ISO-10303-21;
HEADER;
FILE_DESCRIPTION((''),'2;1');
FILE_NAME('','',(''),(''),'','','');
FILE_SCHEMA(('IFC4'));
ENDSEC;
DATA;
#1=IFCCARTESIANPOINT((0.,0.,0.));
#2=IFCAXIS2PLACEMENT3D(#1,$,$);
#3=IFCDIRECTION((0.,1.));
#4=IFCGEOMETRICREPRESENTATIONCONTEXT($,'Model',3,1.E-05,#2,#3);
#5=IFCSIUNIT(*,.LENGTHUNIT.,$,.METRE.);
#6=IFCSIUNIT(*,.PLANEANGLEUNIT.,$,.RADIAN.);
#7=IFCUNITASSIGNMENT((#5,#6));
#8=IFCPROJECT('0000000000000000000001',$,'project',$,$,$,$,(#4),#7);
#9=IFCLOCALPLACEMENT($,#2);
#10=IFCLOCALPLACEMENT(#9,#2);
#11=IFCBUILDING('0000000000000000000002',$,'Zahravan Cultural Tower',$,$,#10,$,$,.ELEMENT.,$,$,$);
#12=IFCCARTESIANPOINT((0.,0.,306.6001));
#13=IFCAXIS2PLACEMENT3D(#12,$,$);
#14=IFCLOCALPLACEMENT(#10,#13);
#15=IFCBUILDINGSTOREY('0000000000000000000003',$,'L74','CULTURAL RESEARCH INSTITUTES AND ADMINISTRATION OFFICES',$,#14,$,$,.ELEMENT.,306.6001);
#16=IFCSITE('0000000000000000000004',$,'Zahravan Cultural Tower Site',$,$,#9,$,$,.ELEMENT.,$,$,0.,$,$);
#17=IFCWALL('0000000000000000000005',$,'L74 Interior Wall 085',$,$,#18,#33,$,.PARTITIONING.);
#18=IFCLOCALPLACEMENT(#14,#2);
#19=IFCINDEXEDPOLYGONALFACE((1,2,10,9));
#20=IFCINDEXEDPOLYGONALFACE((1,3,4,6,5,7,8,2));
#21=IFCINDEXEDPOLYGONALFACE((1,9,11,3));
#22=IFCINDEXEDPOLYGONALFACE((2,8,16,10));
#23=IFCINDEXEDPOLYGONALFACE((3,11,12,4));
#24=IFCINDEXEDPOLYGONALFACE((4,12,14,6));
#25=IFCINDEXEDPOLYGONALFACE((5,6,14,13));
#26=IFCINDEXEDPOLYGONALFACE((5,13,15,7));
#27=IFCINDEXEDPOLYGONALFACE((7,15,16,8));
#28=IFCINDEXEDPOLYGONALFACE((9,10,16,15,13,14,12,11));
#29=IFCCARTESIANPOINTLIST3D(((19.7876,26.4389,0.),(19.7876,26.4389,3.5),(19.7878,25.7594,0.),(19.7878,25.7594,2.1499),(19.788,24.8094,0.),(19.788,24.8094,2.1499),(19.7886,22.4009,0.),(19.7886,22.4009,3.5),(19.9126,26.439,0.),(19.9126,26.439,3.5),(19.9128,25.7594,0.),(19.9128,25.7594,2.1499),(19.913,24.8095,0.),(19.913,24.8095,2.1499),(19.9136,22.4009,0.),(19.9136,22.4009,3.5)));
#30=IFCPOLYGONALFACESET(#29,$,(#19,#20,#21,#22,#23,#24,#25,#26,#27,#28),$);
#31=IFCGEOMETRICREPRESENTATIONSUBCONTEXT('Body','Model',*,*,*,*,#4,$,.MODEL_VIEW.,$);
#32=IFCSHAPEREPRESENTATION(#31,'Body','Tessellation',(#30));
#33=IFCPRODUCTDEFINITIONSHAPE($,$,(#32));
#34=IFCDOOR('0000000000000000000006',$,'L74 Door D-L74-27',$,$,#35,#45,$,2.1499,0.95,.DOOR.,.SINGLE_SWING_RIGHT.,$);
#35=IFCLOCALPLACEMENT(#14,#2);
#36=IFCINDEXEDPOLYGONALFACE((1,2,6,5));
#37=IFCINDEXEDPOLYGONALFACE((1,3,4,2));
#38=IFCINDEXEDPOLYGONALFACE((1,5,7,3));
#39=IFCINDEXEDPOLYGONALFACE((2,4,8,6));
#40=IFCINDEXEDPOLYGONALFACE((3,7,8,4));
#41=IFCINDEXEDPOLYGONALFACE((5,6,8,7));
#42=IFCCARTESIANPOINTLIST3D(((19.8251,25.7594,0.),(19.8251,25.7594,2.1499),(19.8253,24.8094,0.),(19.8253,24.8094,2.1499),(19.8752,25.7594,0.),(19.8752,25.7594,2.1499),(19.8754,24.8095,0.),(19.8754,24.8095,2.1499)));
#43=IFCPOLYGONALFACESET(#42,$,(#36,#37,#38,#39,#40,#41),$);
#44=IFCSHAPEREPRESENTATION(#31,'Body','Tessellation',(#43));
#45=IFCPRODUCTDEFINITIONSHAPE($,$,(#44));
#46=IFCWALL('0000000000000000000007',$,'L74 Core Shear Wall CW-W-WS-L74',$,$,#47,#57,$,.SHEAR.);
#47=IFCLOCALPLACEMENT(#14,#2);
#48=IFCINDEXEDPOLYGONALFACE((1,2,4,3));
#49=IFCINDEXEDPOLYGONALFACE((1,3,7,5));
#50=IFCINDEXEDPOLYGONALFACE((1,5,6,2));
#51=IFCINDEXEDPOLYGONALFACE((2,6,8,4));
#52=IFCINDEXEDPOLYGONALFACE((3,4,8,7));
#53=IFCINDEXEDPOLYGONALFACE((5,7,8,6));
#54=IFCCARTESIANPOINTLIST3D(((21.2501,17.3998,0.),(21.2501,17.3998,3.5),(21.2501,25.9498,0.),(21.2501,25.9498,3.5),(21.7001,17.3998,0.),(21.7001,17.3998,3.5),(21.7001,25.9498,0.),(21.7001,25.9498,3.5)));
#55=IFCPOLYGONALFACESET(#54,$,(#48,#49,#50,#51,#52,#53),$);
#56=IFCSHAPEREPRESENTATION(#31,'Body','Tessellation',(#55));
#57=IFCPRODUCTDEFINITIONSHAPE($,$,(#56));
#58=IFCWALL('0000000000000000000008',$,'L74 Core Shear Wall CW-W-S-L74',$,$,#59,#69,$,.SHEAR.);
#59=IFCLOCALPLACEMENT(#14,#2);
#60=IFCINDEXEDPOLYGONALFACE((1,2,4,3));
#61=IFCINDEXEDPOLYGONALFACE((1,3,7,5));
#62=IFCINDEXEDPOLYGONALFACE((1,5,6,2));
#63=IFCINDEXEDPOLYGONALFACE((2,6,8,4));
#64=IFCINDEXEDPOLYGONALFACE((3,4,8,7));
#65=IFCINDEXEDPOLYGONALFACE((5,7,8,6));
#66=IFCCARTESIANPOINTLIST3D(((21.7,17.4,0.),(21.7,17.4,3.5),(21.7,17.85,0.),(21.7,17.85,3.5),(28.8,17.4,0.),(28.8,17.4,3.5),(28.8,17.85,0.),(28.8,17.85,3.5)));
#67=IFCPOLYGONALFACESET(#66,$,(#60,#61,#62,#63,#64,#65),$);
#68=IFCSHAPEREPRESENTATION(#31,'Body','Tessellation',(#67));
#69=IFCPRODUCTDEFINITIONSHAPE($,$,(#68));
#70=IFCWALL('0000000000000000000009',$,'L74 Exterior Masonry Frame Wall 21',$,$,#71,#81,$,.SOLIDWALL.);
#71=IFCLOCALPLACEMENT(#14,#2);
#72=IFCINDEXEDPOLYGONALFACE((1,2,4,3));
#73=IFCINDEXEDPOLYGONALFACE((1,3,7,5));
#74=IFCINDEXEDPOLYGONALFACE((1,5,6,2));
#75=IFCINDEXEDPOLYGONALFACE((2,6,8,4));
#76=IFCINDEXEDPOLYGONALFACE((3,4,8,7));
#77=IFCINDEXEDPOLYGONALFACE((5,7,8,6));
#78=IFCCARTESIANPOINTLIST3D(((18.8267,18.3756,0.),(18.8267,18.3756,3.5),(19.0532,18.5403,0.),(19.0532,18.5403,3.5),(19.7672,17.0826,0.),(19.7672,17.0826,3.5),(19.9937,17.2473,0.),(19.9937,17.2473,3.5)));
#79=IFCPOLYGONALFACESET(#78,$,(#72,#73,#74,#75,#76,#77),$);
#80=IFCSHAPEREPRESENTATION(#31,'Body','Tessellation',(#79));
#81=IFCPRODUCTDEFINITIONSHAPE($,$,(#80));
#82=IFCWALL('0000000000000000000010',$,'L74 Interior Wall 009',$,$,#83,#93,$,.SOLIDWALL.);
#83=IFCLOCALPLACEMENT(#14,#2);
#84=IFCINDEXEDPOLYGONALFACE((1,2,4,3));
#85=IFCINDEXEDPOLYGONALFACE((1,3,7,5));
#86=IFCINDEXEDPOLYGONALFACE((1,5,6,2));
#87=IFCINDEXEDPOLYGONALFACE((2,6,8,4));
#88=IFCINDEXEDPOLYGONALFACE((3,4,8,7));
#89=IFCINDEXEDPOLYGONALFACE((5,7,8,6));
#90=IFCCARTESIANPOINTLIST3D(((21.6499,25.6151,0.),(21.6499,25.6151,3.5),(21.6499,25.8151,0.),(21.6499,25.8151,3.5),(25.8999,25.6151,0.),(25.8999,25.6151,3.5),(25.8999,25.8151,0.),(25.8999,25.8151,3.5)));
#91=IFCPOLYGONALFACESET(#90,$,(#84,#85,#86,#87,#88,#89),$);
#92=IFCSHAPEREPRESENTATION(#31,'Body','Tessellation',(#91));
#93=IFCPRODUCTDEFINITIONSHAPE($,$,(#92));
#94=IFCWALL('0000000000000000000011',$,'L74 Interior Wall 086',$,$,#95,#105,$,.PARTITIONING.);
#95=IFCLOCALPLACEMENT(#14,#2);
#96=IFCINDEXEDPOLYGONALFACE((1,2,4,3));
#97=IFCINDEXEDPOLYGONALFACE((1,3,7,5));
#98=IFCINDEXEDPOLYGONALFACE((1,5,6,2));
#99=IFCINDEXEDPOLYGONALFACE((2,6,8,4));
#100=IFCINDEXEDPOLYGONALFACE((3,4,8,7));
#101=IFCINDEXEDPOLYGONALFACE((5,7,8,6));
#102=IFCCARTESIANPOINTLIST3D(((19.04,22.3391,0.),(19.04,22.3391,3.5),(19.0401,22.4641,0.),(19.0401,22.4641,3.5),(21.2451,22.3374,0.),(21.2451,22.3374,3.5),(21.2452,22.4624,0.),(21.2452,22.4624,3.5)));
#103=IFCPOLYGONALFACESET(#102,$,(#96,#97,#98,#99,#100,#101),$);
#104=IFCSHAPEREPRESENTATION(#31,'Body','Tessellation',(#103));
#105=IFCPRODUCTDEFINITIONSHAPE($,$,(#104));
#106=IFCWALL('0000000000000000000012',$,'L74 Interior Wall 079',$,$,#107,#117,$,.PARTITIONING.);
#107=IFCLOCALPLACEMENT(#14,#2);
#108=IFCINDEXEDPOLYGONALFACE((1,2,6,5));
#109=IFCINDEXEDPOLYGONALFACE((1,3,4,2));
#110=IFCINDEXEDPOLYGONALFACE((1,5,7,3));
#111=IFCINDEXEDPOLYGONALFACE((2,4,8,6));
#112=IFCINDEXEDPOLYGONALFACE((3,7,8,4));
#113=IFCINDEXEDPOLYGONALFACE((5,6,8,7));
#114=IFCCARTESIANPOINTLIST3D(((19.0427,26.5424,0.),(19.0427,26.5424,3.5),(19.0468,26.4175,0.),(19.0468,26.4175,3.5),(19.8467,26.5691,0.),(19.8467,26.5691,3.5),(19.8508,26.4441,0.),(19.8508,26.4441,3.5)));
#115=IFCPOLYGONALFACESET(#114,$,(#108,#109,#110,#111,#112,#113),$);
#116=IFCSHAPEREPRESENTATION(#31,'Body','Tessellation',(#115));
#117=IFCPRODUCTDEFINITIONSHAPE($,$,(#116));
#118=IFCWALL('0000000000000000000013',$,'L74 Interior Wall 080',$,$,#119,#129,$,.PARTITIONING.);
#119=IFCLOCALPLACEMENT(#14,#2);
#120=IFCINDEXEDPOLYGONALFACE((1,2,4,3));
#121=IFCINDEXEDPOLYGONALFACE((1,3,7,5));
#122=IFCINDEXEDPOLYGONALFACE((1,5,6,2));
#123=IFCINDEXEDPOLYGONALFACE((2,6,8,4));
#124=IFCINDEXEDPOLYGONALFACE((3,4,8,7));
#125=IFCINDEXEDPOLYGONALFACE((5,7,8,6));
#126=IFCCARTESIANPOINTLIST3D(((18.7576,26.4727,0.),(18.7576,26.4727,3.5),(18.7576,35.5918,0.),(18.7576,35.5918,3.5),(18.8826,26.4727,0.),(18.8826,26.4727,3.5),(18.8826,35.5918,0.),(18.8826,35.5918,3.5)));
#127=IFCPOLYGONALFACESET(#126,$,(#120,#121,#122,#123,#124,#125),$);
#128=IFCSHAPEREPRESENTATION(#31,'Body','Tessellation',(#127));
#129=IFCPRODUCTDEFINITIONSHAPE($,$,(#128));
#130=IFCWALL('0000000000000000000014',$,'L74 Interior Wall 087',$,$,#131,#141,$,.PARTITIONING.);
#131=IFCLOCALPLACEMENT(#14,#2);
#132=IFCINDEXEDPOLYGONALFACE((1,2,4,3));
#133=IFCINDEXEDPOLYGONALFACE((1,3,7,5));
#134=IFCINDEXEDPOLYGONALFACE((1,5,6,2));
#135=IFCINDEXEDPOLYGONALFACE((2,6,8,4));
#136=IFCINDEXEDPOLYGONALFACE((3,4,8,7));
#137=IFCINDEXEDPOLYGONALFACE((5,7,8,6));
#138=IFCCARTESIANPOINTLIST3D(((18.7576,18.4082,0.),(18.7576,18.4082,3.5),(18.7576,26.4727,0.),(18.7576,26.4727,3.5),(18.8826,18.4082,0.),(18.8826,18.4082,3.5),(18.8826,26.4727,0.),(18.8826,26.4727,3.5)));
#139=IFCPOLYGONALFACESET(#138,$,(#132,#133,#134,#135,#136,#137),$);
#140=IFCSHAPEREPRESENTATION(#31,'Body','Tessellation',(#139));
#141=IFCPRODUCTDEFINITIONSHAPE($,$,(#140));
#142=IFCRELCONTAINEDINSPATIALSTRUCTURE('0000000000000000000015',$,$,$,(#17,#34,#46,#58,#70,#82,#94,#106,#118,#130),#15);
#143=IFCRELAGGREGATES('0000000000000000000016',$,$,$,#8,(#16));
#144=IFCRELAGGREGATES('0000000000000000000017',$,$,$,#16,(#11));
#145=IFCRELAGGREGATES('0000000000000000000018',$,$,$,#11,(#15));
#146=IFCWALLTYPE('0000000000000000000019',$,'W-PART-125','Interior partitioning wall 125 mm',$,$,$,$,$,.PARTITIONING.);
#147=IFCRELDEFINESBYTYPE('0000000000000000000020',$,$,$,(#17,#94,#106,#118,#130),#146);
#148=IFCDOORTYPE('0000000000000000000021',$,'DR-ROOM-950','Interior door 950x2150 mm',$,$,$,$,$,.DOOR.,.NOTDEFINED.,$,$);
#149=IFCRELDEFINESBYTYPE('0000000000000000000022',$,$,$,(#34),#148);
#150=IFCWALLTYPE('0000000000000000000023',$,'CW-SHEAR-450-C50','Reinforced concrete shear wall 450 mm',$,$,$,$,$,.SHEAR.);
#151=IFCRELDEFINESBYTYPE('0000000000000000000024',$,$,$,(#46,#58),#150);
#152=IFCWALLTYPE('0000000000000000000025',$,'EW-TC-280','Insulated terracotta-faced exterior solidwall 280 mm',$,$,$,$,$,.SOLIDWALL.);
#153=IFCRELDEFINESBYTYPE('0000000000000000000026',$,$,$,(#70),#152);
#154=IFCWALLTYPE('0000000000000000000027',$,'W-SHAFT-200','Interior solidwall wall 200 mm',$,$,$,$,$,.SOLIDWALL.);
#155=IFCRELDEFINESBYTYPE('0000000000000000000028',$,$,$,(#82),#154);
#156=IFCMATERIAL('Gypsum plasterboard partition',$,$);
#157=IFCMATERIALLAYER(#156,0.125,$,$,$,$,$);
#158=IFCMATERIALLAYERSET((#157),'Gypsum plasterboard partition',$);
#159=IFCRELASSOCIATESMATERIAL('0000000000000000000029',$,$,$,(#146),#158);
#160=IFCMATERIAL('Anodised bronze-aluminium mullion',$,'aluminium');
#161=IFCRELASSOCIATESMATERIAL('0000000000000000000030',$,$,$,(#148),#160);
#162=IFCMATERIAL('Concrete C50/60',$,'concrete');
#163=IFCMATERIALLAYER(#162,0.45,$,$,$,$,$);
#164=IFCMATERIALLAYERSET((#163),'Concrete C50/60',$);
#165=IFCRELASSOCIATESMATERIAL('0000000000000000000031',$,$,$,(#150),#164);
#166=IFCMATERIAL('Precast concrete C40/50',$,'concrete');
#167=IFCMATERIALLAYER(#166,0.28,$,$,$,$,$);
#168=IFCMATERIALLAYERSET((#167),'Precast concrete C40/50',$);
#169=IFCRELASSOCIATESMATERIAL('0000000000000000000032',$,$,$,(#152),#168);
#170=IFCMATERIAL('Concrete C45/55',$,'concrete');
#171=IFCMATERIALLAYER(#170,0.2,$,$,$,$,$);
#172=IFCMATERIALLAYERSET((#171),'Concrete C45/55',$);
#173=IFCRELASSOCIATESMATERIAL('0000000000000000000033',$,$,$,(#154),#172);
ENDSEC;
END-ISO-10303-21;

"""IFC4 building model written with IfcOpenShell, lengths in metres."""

from ifc_helpers import new_model, si_unit, direction, frame, frame_2d, origin, place, context, subcontext, project, spatial, rectangle, extrude, source, transform, mapped, material, layer, layer_set, type_object, element, fill, save


model = new_model("IFC4")

# Units and contexts
model_context = context("Model", 3, precision=1e-05, world=origin(), true_north=direction((0.0, 1.0)))
body_context = subcontext(model_context, "Body", "Model", "MODEL_VIEW")
ifc_project = project(units=[si_unit("LENGTHUNIT", "METRE"), si_unit("PLANEANGLEUNIT", "RADIAN")], contexts=[model_context])

# Site, building, storey
site_placement = place(None, origin())
site = spatial("IfcSite", under=ifc_project, at=site_placement, Name="Zahravan Cultural Tower Site", CompositionType="ELEMENT", RefElevation=0.0)
building_placement = place(site_placement, origin())
building = spatial("IfcBuilding", under=site, at=building_placement, Name="Zahravan Cultural Tower", CompositionType="ELEMENT")
storey_placement = place(building_placement, frame((0.0, 0.0, 306.6001)))
storey = spatial("IfcBuildingStorey", under=building, at=storey_placement, Name="L74", Description="CULTURAL RESEARCH INSTITUTES AND ADMINISTRATION OFFICES", CompositionType="ELEMENT", Elevation=306.6001)

# Shared definitions
ifc_material_1 = material(Name="Concrete C50/60", Category="concrete")

# Shared definitions
ifc_material_2 = material(Name="Anodised bronze-aluminium mullion", Category="aluminium")

# Shared definitions
ifc_material_3 = material(Name="Concrete C45/55", Category="concrete")

# Wall, opening, door
ifc_material_4 = material(Name="Gypsum plasterboard partition")
ifc_layer_1 = layer(ifc_material_4, 0.125)
ifc_layer_set_1 = layer_set([ifc_layer_1], Name="Gypsum plasterboard partition")
wall_type_1 = type_object("IfcWallType", Name="W-PART-125", Description="Interior partitioning wall 125 mm", PredefinedType="PARTITIONING", material=ifc_layer_set_1)
wall_1_placement = place(storey_placement, frame((19.8501, 26.439, 0.0), z_axis=(0.0, 0.0, 1.0), x_axis=(0.000242, -1.0, 0.0)))
wall_1 = element("IfcWall", 1, at=wall_1_placement, inside=storey, type_object=wall_type_1, Name="L74 Interior Wall 085", PredefinedType="PARTITIONING", context=body_context, shape_type="SweptSolid", body=[
    extrude(rectangle(XDim=4.0381, YDim=0.125, at=frame_2d((2.019, 0.0))), origin(), (0.0, 0.0, 1.0), 3.5),
])
opening_placement = place(wall_1_placement, frame((0.6794, 0.0, 0.0)))
opening = element("IfcOpeningElement", 2, at=opening_placement, cuts=wall_1, PredefinedType="OPENING", context=body_context, shape_type="SweptSolid", body=[
    extrude(rectangle(XDim=0.95, YDim=2.1499, at=frame_2d((0.4751, 1.075))), frame((0.0, 0.0725, 0.0), z_axis=(0.0, -1.0, 0.0), x_axis=(1.0, 0.0, 0.0)), (0.0, 0.0, 1.0), 0.145),
])
door_type = type_object("IfcDoorType", Name="DR-ROOM-950", Description="Interior door 950x2150 mm", OperationType="NOTDEFINED", PredefinedType="DOOR", material=ifc_material_2)
shared_shape_1 = source(origin(), body_context, "Body", "SweptSolid", [
    extrude(rectangle(XDim=0.95, YDim=2.1499, at=frame_2d((0.4751, 1.075))), frame((0.0, 0.0249, 0.0), z_axis=(0.0, -1.0, 0.0), x_axis=(1.0, 0.0, 0.0)), (0.0, 0.0, 1.0), 0.05),
])
door_placement = place(opening_placement, origin())
door = element("IfcDoor", 3, at=door_placement, inside=storey, type_object=door_type, Name="L74 Door D-L74-27", OperationType="SINGLE_SWING_RIGHT", OverallHeight=2.1499, OverallWidth=0.95, PredefinedType="DOOR", context=body_context, shape_type="MappedRepresentation", body=[
    mapped(shared_shape_1, transform((0.0, 0.0, 0.0), x_axis=(1.0, 0.0, 0.0), y_axis=(0.0, 1.0, 0.0), z_axis=(0.0, 0.0, 1.0), scale=1.0)),
])
fill(opening, door)

# Walls
ifc_layer_2 = layer(ifc_material_1, 0.45)
ifc_layer_set_2 = layer_set([ifc_layer_2], Name="Concrete C50/60")
wall_type_2 = type_object("IfcWallType", Name="CW-SHEAR-450-C50", Description="Reinforced concrete shear wall 450 mm", PredefinedType="SHEAR", material=ifc_layer_set_2)
shared_shape_2 = source(origin(), body_context, "Body", "SweptSolid", [
    extrude(rectangle(XDim=8.55, YDim=0.45, at=frame_2d((4.2749, 0.0))), origin(), (0.0, 0.0, 1.0), 3.5),
])
wall_2_placement = place(storey_placement, frame((21.4751, 17.3999, 0.0), z_axis=(0.0, 0.0, 1.0), x_axis=(0.0, 1.0, 0.0)))
element("IfcWall", 4, at=wall_2_placement, inside=storey, type_object=wall_type_2, Name="L74 Core Shear Wall CW-W-WS-L74", PredefinedType="SHEAR", context=body_context, shape_type="MappedRepresentation", body=[
    mapped(shared_shape_2, transform((0.0, 0.0, 0.0), x_axis=(1.0, 0.0, 0.0), y_axis=(0.0, 1.0, 0.0), z_axis=(0.0, 0.0, 1.0), scale=1.0)),
])
shared_shape_3 = source(origin(), body_context, "Body", "SweptSolid", [
    extrude(rectangle(XDim=7.1001, YDim=0.45, at=frame_2d((3.55, 0.0))), origin(), (0.0, 0.0, 1.0), 3.5),
])
wall_3_placement = place(storey_placement, frame((21.7, 17.625, 0.0), z_axis=(0.0, 0.0, 1.0), x_axis=(1.0, 0.0, 0.0)))
element("IfcWall", 5, at=wall_3_placement, inside=storey, type_object=wall_type_2, Name="L74 Core Shear Wall CW-W-S-L74", PredefinedType="SHEAR", context=body_context, shape_type="MappedRepresentation", body=[
    mapped(shared_shape_3, transform((0.0, 0.0, 0.0), x_axis=(1.0, 0.0, 0.0), y_axis=(0.0, 1.0, 0.0), z_axis=(0.0, 0.0, 1.0), scale=1.0)),
])
ifc_material_5 = material(Name="Precast concrete C40/50", Category="concrete")
ifc_layer_3 = layer(ifc_material_5, 0.28)
ifc_layer_set_3 = layer_set([ifc_layer_3], Name="Precast concrete C40/50")
wall_type_3 = type_object("IfcWallType", Name="EW-TC-280", Description="Insulated terracotta-faced exterior solidwall 280 mm", PredefinedType="SOLIDWALL", material=ifc_layer_set_3)
shared_shape_4 = source(origin(), body_context, "Body", "SweptSolid", [
    extrude(rectangle(XDim=1.5989, YDim=0.28, at=frame_2d((0.7993, 0.0))), origin(), (0.0, 0.0, 1.0), 3.5),
])
wall_4_placement = place(storey_placement, frame((19.8804, 17.165, 0.0), z_axis=(0.0, 0.0, 1.0), x_axis=(-0.588208, 0.80871, 0.0)))
element("IfcWall", 6, at=wall_4_placement, inside=storey, type_object=wall_type_3, Name="L74 Exterior Masonry Frame Wall 21", PredefinedType="SOLIDWALL", context=body_context, shape_type="MappedRepresentation", body=[
    mapped(shared_shape_4, transform((0.0, 0.0, 0.0), x_axis=(1.0, 0.0, 0.0), y_axis=(0.0, 1.0, 0.0), z_axis=(0.0, 0.0, 1.0), scale=1.0)),
])
ifc_layer_4 = layer(ifc_material_3, 0.2)
ifc_layer_set_4 = layer_set([ifc_layer_4], Name="Concrete C45/55")
wall_type_4 = type_object("IfcWallType", Name="W-SHAFT-200", Description="Interior solidwall wall 200 mm", PredefinedType="SOLIDWALL", material=ifc_layer_set_4)
shared_shape_5 = source(origin(), body_context, "Body", "SweptSolid", [
    extrude(rectangle(XDim=4.25, YDim=0.2, at=frame_2d((2.125, 0.0))), origin(), (0.0, 0.0, 1.0), 3.5),
])
wall_5_placement = place(storey_placement, frame((21.6499, 25.7151, 0.0), z_axis=(0.0, 0.0, 1.0), x_axis=(1.0, 0.0, 0.0)))
element("IfcWall", 7, at=wall_5_placement, inside=storey, type_object=wall_type_4, Name="L74 Interior Wall 009", PredefinedType="SOLIDWALL", context=body_context, shape_type="MappedRepresentation", body=[
    mapped(shared_shape_5, transform((0.0, 0.0, 0.0), x_axis=(1.0, 0.0, 0.0), y_axis=(0.0, 1.0, 0.0), z_axis=(0.0, 0.0, 1.0), scale=1.0)),
])
shared_shape_6 = source(origin(), body_context, "Body", "SweptSolid", [
    extrude(rectangle(XDim=2.2051, YDim=0.125, at=frame_2d((1.1025, 0.0))), origin(), (0.0, 0.0, 1.0), 3.5),
])
wall_6_placement = place(storey_placement, frame((19.04, 22.4016, 0.0), z_axis=(0.0, 0.0, 1.0), x_axis=(1.0, -0.000775, 0.0)))
element("IfcWall", 8, at=wall_6_placement, inside=storey, type_object=wall_type_1, Name="L74 Interior Wall 086", PredefinedType="PARTITIONING", context=body_context, shape_type="MappedRepresentation", body=[
    mapped(shared_shape_6, transform((0.0, 0.0, 0.0), x_axis=(1.0, 0.0, 0.0), y_axis=(0.0, 1.0, 0.0), z_axis=(0.0, 0.0, 1.0), scale=1.0)),
])
shared_shape_7 = source(origin(), body_context, "Body", "SweptSolid", [
    extrude(rectangle(XDim=0.8044, YDim=0.125, at=frame_2d((0.4023, 0.0))), origin(), (0.0, 0.0, 1.0), 3.5),
])
wall_7_placement = place(storey_placement, frame((19.8489, 26.5066, 0.0), z_axis=(0.0, 0.0, 1.0), x_axis=(-0.999453, -0.033082, 0.0)))
element("IfcWall", 9, at=wall_7_placement, inside=storey, type_object=wall_type_1, Name="L74 Interior Wall 079", PredefinedType="PARTITIONING", context=body_context, shape_type="MappedRepresentation", body=[
    mapped(shared_shape_7, transform((0.0, 0.0, 0.0), x_axis=(1.0, 0.0, 0.0), y_axis=(0.0, 1.0, 0.0), z_axis=(0.0, 0.0, 1.0), scale=1.0)),
])
shared_shape_8 = source(origin(), body_context, "Body", "SweptSolid", [
    extrude(rectangle(XDim=9.1191, YDim=0.125, at=frame_2d((4.5596, 0.0))), origin(), (0.0, 0.0, 1.0), 3.5),
])
wall_8_placement = place(storey_placement, frame((18.8201, 26.4727, 0.0), z_axis=(0.0, 0.0, 1.0), x_axis=(0.0, 1.0, 0.0)))
element("IfcWall", 10, at=wall_8_placement, inside=storey, type_object=wall_type_1, Name="L74 Interior Wall 080", PredefinedType="PARTITIONING", context=body_context, shape_type="MappedRepresentation", body=[
    mapped(shared_shape_8, transform((0.0, 0.0, 0.0), x_axis=(1.0, 0.0, 0.0), y_axis=(0.0, 1.0, 0.0), z_axis=(0.0, 0.0, 1.0), scale=1.0)),
])
shared_shape_9 = source(origin(), body_context, "Body", "SweptSolid", [
    extrude(rectangle(XDim=8.0645, YDim=0.125, at=frame_2d((4.0322, 0.0))), origin(), (0.0, 0.0, 1.0), 3.5),
])
wall_9_placement = place(storey_placement, frame((18.8201, 18.4082, 0.0), z_axis=(0.0, 0.0, 1.0), x_axis=(0.0, 1.0, 0.0)))
element("IfcWall", 11, at=wall_9_placement, inside=storey, type_object=wall_type_1, Name="L74 Interior Wall 087", PredefinedType="PARTITIONING", context=body_context, shape_type="MappedRepresentation", body=[
    mapped(shared_shape_9, transform((0.0, 0.0, 0.0), x_axis=(1.0, 0.0, 0.0), y_axis=(0.0, 1.0, 0.0), z_axis=(0.0, 0.0, 1.0), scale=1.0)),
])

save(model, "model.ifc")
